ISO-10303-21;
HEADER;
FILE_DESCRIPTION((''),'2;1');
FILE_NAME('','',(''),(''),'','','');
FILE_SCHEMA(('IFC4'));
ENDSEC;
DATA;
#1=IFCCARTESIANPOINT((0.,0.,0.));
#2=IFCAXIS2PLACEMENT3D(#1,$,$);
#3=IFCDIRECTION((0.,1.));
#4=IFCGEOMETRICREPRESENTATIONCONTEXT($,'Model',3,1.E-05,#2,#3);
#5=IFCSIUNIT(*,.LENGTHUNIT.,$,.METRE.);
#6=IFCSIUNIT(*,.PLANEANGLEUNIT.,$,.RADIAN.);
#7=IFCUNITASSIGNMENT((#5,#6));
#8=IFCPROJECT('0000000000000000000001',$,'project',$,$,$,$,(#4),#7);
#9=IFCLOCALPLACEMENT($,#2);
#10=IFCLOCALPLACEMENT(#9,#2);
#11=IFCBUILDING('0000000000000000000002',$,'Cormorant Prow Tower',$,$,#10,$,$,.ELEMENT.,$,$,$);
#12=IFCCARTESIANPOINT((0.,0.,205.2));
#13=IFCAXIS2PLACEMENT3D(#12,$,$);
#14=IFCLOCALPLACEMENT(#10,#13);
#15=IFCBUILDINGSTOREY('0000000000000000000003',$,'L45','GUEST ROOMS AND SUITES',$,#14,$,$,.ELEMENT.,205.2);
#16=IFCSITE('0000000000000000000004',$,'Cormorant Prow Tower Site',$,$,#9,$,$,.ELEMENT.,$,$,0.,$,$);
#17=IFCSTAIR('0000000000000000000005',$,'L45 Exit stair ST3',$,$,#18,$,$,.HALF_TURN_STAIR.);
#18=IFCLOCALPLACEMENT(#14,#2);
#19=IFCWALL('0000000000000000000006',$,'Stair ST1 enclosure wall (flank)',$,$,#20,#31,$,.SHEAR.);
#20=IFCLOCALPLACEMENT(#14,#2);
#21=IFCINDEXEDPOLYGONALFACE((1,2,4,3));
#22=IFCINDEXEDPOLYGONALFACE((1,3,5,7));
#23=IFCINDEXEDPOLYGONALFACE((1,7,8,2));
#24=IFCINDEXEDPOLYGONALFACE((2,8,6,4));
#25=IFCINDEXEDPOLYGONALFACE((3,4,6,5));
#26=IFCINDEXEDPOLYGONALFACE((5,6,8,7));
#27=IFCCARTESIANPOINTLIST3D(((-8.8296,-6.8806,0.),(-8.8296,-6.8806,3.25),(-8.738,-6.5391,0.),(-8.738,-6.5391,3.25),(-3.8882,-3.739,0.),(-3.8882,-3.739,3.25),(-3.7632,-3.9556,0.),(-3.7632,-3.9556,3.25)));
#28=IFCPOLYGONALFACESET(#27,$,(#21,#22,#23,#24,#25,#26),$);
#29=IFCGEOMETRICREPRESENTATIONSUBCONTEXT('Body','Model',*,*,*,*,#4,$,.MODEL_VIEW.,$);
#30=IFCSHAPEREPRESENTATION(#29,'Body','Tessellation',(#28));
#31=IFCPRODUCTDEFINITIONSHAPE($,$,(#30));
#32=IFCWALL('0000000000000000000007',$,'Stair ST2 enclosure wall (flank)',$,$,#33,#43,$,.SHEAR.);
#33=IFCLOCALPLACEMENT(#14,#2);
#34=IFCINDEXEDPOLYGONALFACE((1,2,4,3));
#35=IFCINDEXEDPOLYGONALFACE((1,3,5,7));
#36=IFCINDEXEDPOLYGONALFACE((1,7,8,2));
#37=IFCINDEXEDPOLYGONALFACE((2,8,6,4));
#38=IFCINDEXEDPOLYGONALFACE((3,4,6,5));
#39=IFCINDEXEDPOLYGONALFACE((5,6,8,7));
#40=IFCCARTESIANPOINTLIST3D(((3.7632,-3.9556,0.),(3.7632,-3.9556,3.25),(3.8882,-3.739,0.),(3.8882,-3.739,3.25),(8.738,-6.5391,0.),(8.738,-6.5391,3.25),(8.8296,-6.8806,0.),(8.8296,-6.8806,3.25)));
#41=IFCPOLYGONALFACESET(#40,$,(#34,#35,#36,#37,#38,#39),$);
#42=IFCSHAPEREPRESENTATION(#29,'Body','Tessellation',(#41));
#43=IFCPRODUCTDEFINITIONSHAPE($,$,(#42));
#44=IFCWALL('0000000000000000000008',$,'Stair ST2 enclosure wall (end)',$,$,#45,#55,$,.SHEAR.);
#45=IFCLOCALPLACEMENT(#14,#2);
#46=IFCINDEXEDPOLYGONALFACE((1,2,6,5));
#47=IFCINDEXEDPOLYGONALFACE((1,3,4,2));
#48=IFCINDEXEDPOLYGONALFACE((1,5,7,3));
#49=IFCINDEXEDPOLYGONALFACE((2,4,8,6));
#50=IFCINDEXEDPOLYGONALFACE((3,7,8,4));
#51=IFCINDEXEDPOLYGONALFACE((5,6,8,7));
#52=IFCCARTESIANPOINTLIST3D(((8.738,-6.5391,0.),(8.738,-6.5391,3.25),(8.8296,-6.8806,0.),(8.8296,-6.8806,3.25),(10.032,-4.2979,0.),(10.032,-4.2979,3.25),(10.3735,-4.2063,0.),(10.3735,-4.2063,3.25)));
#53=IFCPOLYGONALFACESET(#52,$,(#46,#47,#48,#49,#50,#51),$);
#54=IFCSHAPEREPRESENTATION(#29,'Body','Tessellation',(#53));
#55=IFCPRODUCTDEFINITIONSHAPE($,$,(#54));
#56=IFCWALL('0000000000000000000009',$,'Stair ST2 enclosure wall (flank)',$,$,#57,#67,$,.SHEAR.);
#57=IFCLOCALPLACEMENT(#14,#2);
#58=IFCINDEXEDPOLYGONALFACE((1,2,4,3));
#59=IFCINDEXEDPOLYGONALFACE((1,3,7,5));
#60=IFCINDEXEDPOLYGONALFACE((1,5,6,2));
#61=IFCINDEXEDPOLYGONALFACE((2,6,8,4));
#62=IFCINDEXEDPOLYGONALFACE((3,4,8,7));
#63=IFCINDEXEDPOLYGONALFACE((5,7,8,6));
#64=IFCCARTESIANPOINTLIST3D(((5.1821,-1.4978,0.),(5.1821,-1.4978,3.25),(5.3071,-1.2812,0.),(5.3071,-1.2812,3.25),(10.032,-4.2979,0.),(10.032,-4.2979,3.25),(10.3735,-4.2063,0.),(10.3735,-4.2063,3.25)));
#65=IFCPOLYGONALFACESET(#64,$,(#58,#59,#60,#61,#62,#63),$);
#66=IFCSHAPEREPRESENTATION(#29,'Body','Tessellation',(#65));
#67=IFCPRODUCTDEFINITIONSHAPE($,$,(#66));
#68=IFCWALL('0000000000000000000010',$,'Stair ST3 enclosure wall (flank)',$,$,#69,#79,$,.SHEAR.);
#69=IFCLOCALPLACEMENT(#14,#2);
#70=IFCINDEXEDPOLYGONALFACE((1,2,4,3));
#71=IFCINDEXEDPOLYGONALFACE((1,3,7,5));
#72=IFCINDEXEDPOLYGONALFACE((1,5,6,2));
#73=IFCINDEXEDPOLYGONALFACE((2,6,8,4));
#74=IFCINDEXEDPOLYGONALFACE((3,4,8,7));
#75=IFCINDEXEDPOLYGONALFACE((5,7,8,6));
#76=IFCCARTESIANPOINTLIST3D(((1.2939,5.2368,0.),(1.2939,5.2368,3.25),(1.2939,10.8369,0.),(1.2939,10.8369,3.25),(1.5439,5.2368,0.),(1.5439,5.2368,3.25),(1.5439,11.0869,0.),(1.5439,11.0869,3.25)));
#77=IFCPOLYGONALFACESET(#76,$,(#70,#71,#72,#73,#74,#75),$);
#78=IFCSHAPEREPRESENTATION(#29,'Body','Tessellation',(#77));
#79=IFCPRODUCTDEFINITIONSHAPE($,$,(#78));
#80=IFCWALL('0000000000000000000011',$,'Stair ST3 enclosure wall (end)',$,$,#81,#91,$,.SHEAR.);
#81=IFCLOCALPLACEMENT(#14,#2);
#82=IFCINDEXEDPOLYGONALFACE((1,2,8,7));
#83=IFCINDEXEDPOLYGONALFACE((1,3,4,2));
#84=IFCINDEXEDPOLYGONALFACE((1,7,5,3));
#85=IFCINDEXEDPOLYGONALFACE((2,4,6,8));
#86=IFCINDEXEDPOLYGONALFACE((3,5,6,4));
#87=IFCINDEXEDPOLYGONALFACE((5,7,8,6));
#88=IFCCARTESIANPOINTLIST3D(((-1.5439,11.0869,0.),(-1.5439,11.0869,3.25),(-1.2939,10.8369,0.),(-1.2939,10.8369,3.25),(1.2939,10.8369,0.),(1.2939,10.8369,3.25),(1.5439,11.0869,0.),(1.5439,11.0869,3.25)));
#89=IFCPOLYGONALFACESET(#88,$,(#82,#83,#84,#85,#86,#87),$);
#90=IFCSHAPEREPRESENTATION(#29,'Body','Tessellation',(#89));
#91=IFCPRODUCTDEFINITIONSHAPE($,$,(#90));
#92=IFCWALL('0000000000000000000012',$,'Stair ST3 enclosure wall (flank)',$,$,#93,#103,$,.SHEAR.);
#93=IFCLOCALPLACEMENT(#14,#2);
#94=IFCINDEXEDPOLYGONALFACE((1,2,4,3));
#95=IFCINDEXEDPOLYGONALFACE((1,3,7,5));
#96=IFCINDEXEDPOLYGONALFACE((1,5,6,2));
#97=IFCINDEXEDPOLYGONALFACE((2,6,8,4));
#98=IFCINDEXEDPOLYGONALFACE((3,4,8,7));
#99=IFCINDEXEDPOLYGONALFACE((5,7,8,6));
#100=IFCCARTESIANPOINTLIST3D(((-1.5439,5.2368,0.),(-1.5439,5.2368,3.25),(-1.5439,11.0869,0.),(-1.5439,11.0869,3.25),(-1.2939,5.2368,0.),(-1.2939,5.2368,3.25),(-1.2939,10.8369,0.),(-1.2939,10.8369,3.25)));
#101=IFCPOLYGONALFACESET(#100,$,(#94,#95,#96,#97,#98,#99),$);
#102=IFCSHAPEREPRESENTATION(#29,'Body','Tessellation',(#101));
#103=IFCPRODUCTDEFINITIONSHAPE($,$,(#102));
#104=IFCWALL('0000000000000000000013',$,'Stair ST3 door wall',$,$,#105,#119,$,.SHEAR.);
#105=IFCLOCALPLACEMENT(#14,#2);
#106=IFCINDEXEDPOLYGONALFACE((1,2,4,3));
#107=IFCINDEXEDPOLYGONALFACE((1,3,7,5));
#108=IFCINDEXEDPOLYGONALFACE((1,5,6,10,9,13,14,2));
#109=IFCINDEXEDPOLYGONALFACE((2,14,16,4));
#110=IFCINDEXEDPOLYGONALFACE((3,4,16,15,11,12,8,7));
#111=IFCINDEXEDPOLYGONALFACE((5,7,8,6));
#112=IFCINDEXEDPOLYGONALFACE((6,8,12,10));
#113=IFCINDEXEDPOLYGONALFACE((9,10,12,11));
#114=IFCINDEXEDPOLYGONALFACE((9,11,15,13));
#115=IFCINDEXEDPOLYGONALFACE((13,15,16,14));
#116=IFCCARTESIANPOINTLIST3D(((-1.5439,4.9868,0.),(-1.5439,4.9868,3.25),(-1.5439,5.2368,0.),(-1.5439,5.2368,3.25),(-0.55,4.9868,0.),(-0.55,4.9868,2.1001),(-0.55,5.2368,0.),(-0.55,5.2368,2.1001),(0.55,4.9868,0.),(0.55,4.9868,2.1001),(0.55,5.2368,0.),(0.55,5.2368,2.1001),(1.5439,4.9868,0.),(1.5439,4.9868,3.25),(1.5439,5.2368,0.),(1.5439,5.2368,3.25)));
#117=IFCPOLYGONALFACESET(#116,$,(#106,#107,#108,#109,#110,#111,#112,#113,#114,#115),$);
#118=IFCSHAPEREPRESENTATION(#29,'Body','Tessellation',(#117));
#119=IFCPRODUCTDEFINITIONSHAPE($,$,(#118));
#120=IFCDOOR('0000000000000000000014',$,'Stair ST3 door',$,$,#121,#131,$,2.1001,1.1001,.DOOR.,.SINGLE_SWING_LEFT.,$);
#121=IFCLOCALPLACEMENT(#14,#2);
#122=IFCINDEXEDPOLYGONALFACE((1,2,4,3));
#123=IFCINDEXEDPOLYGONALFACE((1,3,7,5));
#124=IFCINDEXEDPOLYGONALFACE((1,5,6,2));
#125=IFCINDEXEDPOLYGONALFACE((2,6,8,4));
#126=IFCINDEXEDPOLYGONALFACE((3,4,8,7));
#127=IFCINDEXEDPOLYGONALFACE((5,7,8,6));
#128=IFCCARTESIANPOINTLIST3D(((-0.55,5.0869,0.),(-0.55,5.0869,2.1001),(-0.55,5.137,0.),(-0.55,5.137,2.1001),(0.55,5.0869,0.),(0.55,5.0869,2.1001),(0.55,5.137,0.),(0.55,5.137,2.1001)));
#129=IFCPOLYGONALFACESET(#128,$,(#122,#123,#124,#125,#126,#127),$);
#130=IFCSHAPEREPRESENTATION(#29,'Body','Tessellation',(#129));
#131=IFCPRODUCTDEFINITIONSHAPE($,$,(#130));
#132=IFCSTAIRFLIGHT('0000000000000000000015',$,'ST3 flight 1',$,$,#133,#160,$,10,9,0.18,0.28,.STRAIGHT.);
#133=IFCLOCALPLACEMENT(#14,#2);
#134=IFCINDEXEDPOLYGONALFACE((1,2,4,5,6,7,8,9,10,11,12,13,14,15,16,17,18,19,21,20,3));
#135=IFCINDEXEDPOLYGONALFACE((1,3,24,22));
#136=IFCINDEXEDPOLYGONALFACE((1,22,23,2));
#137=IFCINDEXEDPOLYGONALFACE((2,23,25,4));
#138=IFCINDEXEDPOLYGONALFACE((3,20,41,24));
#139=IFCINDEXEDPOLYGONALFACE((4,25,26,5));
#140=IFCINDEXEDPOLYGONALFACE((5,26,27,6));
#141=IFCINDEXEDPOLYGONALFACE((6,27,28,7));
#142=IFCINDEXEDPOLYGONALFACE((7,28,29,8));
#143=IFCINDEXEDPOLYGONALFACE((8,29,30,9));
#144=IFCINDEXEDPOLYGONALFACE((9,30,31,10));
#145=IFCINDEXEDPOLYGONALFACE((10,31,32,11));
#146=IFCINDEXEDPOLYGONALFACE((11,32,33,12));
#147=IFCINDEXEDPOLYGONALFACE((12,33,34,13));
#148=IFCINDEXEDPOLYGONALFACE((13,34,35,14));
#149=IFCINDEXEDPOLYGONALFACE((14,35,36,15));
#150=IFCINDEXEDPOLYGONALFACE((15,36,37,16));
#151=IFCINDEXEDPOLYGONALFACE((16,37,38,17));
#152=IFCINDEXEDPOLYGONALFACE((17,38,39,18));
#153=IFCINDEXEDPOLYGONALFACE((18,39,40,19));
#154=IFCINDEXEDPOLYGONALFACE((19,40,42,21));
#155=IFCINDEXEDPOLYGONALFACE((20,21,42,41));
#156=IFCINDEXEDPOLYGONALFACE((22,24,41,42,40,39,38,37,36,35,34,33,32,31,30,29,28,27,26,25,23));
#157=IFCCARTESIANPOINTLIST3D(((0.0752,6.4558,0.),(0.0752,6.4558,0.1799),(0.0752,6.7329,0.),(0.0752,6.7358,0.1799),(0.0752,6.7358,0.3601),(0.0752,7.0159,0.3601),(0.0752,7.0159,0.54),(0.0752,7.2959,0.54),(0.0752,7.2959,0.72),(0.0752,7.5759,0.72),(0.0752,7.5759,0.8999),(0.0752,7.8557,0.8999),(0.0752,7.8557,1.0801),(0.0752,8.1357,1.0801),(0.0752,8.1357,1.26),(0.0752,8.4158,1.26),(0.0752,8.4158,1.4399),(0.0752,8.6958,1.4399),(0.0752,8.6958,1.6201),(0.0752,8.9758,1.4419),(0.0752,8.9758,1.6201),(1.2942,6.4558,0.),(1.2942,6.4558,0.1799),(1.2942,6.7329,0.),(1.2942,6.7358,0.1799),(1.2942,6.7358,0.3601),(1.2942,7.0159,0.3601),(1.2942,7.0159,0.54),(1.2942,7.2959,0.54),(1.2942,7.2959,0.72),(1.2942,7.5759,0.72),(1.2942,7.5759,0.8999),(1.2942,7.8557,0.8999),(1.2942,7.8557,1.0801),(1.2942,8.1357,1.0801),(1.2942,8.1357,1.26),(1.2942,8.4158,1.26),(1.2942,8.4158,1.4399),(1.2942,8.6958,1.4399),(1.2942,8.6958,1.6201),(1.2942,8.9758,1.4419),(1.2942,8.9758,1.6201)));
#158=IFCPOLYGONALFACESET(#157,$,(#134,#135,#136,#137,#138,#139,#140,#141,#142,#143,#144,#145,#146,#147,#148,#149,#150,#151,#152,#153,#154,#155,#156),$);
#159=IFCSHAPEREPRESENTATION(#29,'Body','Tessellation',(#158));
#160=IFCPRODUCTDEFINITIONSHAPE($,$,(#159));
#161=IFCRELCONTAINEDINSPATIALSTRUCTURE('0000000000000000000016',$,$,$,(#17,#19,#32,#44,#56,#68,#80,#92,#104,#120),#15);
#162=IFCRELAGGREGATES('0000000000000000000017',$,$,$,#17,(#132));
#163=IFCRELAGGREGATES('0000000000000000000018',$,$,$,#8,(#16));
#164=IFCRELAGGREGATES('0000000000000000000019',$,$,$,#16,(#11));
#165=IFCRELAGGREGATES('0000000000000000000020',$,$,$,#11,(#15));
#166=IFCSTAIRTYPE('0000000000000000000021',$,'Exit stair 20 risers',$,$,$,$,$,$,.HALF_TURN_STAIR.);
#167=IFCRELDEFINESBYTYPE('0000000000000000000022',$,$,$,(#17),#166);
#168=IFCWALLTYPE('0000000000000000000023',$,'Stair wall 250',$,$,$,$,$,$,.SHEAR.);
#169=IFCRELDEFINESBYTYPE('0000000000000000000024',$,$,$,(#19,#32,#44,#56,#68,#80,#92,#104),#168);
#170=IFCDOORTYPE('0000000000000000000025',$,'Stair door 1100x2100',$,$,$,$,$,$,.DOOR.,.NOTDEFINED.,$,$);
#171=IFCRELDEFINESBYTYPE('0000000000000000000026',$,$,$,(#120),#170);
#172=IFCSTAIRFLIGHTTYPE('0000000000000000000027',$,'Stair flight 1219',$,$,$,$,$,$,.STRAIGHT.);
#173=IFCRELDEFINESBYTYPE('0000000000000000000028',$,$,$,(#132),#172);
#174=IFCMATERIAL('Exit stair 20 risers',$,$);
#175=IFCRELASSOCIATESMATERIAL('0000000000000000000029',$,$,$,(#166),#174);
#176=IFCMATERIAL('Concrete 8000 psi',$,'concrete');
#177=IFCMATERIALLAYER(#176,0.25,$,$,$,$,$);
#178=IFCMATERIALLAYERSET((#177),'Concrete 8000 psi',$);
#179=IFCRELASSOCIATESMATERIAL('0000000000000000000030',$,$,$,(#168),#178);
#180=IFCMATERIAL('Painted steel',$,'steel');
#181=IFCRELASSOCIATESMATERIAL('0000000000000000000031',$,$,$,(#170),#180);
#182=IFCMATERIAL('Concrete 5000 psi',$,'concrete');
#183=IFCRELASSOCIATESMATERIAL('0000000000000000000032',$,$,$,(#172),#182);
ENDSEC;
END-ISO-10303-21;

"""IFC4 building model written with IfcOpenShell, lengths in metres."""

from ifc_helpers import new_model, si_unit, direction, frame, frame_2d, origin, place, context, subcontext, project, spatial, polyline, rectangle, outline, extrude, material, layer, layer_set, type_object, element, fill, aggregate, save


model = new_model("IFC4")

# Units and contexts
model_context = context("Model", 3, precision=1e-05, world=origin(), true_north=direction((0.0, 1.0)))
body_context = subcontext(model_context, "Body", "Model", "MODEL_VIEW")
ifc_project = project(units=[si_unit("LENGTHUNIT", "METRE"), si_unit("PLANEANGLEUNIT", "RADIAN")], contexts=[model_context])

# Site, building, storey
site_placement = place(None, origin())
site = spatial("IfcSite", under=ifc_project, at=site_placement, Name="Cormorant Prow Tower Site", CompositionType="ELEMENT", RefElevation=0.0)
building_placement = place(site_placement, origin())
building = spatial("IfcBuilding", under=site, at=building_placement, Name="Cormorant Prow Tower", CompositionType="ELEMENT")
storey_placement = place(building_placement, frame((0.0, 0.0, 205.2)))
storey = spatial("IfcBuildingStorey", under=building, at=storey_placement, Name="L45", Description="GUEST ROOMS AND SUITES", CompositionType="ELEMENT", Elevation=205.2)

# Stair
ifc_material_1 = material(Name="Exit stair 20 risers")
stair_type = type_object("IfcStairType", Name="Exit stair 20 risers", PredefinedType="HALF_TURN_STAIR", material=ifc_material_1)
stair_1_placement = place(storey_placement, origin())
stair_1 = element("IfcStair", 1, at=stair_1_placement, inside=storey, type_object=stair_type, Name="L45 Exit stair ST3", PredefinedType="HALF_TURN_STAIR")

# Walls
ifc_material_2 = material(Name="Concrete 8000 psi", Category="concrete")
ifc_layer_1 = layer(ifc_material_2, 0.25)
ifc_layer_set_1 = layer_set([ifc_layer_1], Name="Concrete 8000 psi")
wall_type_1 = type_object("IfcWallType", Name="Stair wall 250", PredefinedType="SHEAR", material=ifc_layer_set_1)
wall_1_placement = place(storey_placement, origin())
element("IfcWall", 2, at=wall_1_placement, inside=storey, type_object=wall_type_1, Name="Stair ST1 enclosure wall (flank)", PredefinedType="SHEAR", context=body_context, shape_type="SweptSolid", body=[
    extrude(outline(polyline([(-8.738, -6.5391), (-8.8296, -6.8806), (-3.7632, -3.9556), (-3.8882, -3.739), (-8.738, -6.5391)])), origin(), (0.0, 0.0, 1.0), 3.25),
])
wall_2_placement = place(storey_placement, origin())
element("IfcWall", 3, at=wall_2_placement, inside=storey, type_object=wall_type_1, Name="Stair ST2 enclosure wall (flank)", PredefinedType="SHEAR", context=body_context, shape_type="SweptSolid", body=[
    extrude(outline(polyline([(3.7632, -3.9556), (8.8296, -6.8806), (8.738, -6.5391), (3.8882, -3.739), (3.7632, -3.9556)])), origin(), (0.0, 0.0, 1.0), 3.25),
])
wall_3_placement = place(storey_placement, origin())
element("IfcWall", 4, at=wall_3_placement, inside=storey, type_object=wall_type_1, Name="Stair ST2 enclosure wall (end)", PredefinedType="SHEAR", context=body_context, shape_type="SweptSolid", body=[
    extrude(outline(polyline([(8.8296, -6.8806), (10.3735, -4.2063), (10.032, -4.2979), (8.738, -6.5391), (8.8296, -6.8806)])), origin(), (0.0, 0.0, 1.0), 3.25),
])
wall_4_placement = place(storey_placement, origin())
element("IfcWall", 5, at=wall_4_placement, inside=storey, type_object=wall_type_1, Name="Stair ST2 enclosure wall (flank)", PredefinedType="SHEAR", context=body_context, shape_type="SweptSolid", body=[
    extrude(outline(polyline([(10.032, -4.2979), (10.3735, -4.2063), (5.3071, -1.2812), (5.1821, -1.4978), (10.032, -4.2979)])), origin(), (0.0, 0.0, 1.0), 3.25),
])
wall_5_placement = place(storey_placement, origin())
element("IfcWall", 6, at=wall_5_placement, inside=storey, type_object=wall_type_1, Name="Stair ST3 enclosure wall (flank)", PredefinedType="SHEAR", context=body_context, shape_type="SweptSolid", body=[
    extrude(outline(polyline([(1.5439, 5.2368), (1.5439, 11.0869), (1.2939, 10.8369), (1.2939, 5.2368), (1.5439, 5.2368)])), origin(), (0.0, 0.0, 1.0), 3.25),
])
wall_6_placement = place(storey_placement, origin())
element("IfcWall", 7, at=wall_6_placement, inside=storey, type_object=wall_type_1, Name="Stair ST3 enclosure wall (end)", PredefinedType="SHEAR", context=body_context, shape_type="SweptSolid", body=[
    extrude(outline(polyline([(1.5439, 11.0869), (-1.5439, 11.0869), (-1.2939, 10.8369), (1.2939, 10.8369), (1.5439, 11.0869)])), origin(), (0.0, 0.0, 1.0), 3.25),
])
wall_7_placement = place(storey_placement, origin())
element("IfcWall", 8, at=wall_7_placement, inside=storey, type_object=wall_type_1, Name="Stair ST3 enclosure wall (flank)", PredefinedType="SHEAR", context=body_context, shape_type="SweptSolid", body=[
    extrude(outline(polyline([(-1.2939, 10.8369), (-1.5439, 11.0869), (-1.5439, 5.2368), (-1.2939, 5.2368), (-1.2939, 10.8369)])), origin(), (0.0, 0.0, 1.0), 3.25),
])

# Wall, opening, door
wall_8_placement = place(storey_placement, frame((1.5439, 5.1118, 0.0), z_axis=(0.0, 0.0, 1.0), x_axis=(-1.0, 0.0, 0.0)))
wall_8 = element("IfcWall", 9, at=wall_8_placement, inside=storey, type_object=wall_type_1, Name="Stair ST3 door wall", PredefinedType="SHEAR", context=body_context, shape_type="SweptSolid", body=[
    extrude(rectangle(XDim=3.0879, YDim=0.25, at=frame_2d((1.5439, 0.0))), origin(), (0.0, 0.0, 1.0), 3.25),
])
opening_1_placement = place(wall_8_placement, frame((0.9939, 0.0, 0.0)))
opening_1 = element("IfcOpeningElement", 10, at=opening_1_placement, cuts=wall_8, PredefinedType="OPENING", context=body_context, shape_type="SweptSolid", body=[
    extrude(rectangle(XDim=1.1001, YDim=2.1001, at=frame_2d((0.55, 1.05))), frame((0.0, 0.135, 0.0), z_axis=(0.0, -1.0, 0.0), x_axis=(1.0, 0.0, 0.0)), (0.0, 0.0, 1.0), 0.27),
])
ifc_material_3 = material(Name="Painted steel", Category="steel")
door_type_1 = type_object("IfcDoorType", Name="Stair door 1100x2100", OperationType="NOTDEFINED", PredefinedType="DOOR", material=ifc_material_3)
door_1_placement = place(opening_1_placement, origin())
door_1 = element("IfcDoor", 11, at=door_1_placement, inside=storey, type_object=door_type_1, Name="Stair ST3 door", OperationType="SINGLE_SWING_LEFT", OverallHeight=2.1001, OverallWidth=1.1001, PredefinedType="DOOR", context=body_context, shape_type="SweptSolid", body=[
    extrude(rectangle(XDim=1.1001, YDim=2.1001, at=frame_2d((0.55, 1.05))), frame((0.0, 0.0249, 0.0), z_axis=(0.0, -1.0, 0.0), x_axis=(1.0, 0.0, 0.0)), (0.0, 0.0, 1.0), 0.05),
])
fill(opening_1, door_1)

# Stair flight
ifc_material_4 = material(Name="Concrete 5000 psi", Category="concrete")
stair_flight_type = type_object("IfcStairFlightType", Name="Stair flight 1219", PredefinedType="STRAIGHT", material=ifc_material_4)
stair_flight_placement = place(storey_placement, frame((0.6846, 6.4558, 0.0), z_axis=(0.0, 0.0, 1.0), x_axis=(0.0, 1.0, 0.0)))
stair_flight = element("IfcStairFlight", 12, at=stair_flight_placement, type_object=stair_flight_type, Name="ST3 flight 1", NumberOfRisers=10, NumberOfTreads=9, PredefinedType="STRAIGHT", RiserHeight=0.18, TreadLength=0.28, context=body_context, shape_type="SweptSolid", body=[
    extrude(outline(polyline([(0.0, 0.0), (0.0, 0.1799), (0.28, 0.1799), (0.28, 0.3601), (0.5601, 0.3601), (0.5601, 0.54), (0.8401, 0.54), (0.8401, 0.72), (1.1201, 0.72), (1.1201, 0.8999), (1.3999, 0.8999), (1.3999, 1.0801), (1.6799, 1.0801), (1.6799, 1.26), (1.96, 1.26), (1.96, 1.4399), (2.24, 1.4399), (2.24, 1.6201), (2.52, 1.6201), (2.52, 1.8), (2.52, 1.4419), (0.2771, 0.0), (0.0, 0.0)])), frame((0.0, 0.6094, 0.0), z_axis=(0.0, -1.0, 0.0), x_axis=(1.0, 0.0, 0.0)), (0.0, 0.0, 1.0), 1.219),
])
aggregate(stair_1, [stair_flight])

save(model, "model.ifc")
